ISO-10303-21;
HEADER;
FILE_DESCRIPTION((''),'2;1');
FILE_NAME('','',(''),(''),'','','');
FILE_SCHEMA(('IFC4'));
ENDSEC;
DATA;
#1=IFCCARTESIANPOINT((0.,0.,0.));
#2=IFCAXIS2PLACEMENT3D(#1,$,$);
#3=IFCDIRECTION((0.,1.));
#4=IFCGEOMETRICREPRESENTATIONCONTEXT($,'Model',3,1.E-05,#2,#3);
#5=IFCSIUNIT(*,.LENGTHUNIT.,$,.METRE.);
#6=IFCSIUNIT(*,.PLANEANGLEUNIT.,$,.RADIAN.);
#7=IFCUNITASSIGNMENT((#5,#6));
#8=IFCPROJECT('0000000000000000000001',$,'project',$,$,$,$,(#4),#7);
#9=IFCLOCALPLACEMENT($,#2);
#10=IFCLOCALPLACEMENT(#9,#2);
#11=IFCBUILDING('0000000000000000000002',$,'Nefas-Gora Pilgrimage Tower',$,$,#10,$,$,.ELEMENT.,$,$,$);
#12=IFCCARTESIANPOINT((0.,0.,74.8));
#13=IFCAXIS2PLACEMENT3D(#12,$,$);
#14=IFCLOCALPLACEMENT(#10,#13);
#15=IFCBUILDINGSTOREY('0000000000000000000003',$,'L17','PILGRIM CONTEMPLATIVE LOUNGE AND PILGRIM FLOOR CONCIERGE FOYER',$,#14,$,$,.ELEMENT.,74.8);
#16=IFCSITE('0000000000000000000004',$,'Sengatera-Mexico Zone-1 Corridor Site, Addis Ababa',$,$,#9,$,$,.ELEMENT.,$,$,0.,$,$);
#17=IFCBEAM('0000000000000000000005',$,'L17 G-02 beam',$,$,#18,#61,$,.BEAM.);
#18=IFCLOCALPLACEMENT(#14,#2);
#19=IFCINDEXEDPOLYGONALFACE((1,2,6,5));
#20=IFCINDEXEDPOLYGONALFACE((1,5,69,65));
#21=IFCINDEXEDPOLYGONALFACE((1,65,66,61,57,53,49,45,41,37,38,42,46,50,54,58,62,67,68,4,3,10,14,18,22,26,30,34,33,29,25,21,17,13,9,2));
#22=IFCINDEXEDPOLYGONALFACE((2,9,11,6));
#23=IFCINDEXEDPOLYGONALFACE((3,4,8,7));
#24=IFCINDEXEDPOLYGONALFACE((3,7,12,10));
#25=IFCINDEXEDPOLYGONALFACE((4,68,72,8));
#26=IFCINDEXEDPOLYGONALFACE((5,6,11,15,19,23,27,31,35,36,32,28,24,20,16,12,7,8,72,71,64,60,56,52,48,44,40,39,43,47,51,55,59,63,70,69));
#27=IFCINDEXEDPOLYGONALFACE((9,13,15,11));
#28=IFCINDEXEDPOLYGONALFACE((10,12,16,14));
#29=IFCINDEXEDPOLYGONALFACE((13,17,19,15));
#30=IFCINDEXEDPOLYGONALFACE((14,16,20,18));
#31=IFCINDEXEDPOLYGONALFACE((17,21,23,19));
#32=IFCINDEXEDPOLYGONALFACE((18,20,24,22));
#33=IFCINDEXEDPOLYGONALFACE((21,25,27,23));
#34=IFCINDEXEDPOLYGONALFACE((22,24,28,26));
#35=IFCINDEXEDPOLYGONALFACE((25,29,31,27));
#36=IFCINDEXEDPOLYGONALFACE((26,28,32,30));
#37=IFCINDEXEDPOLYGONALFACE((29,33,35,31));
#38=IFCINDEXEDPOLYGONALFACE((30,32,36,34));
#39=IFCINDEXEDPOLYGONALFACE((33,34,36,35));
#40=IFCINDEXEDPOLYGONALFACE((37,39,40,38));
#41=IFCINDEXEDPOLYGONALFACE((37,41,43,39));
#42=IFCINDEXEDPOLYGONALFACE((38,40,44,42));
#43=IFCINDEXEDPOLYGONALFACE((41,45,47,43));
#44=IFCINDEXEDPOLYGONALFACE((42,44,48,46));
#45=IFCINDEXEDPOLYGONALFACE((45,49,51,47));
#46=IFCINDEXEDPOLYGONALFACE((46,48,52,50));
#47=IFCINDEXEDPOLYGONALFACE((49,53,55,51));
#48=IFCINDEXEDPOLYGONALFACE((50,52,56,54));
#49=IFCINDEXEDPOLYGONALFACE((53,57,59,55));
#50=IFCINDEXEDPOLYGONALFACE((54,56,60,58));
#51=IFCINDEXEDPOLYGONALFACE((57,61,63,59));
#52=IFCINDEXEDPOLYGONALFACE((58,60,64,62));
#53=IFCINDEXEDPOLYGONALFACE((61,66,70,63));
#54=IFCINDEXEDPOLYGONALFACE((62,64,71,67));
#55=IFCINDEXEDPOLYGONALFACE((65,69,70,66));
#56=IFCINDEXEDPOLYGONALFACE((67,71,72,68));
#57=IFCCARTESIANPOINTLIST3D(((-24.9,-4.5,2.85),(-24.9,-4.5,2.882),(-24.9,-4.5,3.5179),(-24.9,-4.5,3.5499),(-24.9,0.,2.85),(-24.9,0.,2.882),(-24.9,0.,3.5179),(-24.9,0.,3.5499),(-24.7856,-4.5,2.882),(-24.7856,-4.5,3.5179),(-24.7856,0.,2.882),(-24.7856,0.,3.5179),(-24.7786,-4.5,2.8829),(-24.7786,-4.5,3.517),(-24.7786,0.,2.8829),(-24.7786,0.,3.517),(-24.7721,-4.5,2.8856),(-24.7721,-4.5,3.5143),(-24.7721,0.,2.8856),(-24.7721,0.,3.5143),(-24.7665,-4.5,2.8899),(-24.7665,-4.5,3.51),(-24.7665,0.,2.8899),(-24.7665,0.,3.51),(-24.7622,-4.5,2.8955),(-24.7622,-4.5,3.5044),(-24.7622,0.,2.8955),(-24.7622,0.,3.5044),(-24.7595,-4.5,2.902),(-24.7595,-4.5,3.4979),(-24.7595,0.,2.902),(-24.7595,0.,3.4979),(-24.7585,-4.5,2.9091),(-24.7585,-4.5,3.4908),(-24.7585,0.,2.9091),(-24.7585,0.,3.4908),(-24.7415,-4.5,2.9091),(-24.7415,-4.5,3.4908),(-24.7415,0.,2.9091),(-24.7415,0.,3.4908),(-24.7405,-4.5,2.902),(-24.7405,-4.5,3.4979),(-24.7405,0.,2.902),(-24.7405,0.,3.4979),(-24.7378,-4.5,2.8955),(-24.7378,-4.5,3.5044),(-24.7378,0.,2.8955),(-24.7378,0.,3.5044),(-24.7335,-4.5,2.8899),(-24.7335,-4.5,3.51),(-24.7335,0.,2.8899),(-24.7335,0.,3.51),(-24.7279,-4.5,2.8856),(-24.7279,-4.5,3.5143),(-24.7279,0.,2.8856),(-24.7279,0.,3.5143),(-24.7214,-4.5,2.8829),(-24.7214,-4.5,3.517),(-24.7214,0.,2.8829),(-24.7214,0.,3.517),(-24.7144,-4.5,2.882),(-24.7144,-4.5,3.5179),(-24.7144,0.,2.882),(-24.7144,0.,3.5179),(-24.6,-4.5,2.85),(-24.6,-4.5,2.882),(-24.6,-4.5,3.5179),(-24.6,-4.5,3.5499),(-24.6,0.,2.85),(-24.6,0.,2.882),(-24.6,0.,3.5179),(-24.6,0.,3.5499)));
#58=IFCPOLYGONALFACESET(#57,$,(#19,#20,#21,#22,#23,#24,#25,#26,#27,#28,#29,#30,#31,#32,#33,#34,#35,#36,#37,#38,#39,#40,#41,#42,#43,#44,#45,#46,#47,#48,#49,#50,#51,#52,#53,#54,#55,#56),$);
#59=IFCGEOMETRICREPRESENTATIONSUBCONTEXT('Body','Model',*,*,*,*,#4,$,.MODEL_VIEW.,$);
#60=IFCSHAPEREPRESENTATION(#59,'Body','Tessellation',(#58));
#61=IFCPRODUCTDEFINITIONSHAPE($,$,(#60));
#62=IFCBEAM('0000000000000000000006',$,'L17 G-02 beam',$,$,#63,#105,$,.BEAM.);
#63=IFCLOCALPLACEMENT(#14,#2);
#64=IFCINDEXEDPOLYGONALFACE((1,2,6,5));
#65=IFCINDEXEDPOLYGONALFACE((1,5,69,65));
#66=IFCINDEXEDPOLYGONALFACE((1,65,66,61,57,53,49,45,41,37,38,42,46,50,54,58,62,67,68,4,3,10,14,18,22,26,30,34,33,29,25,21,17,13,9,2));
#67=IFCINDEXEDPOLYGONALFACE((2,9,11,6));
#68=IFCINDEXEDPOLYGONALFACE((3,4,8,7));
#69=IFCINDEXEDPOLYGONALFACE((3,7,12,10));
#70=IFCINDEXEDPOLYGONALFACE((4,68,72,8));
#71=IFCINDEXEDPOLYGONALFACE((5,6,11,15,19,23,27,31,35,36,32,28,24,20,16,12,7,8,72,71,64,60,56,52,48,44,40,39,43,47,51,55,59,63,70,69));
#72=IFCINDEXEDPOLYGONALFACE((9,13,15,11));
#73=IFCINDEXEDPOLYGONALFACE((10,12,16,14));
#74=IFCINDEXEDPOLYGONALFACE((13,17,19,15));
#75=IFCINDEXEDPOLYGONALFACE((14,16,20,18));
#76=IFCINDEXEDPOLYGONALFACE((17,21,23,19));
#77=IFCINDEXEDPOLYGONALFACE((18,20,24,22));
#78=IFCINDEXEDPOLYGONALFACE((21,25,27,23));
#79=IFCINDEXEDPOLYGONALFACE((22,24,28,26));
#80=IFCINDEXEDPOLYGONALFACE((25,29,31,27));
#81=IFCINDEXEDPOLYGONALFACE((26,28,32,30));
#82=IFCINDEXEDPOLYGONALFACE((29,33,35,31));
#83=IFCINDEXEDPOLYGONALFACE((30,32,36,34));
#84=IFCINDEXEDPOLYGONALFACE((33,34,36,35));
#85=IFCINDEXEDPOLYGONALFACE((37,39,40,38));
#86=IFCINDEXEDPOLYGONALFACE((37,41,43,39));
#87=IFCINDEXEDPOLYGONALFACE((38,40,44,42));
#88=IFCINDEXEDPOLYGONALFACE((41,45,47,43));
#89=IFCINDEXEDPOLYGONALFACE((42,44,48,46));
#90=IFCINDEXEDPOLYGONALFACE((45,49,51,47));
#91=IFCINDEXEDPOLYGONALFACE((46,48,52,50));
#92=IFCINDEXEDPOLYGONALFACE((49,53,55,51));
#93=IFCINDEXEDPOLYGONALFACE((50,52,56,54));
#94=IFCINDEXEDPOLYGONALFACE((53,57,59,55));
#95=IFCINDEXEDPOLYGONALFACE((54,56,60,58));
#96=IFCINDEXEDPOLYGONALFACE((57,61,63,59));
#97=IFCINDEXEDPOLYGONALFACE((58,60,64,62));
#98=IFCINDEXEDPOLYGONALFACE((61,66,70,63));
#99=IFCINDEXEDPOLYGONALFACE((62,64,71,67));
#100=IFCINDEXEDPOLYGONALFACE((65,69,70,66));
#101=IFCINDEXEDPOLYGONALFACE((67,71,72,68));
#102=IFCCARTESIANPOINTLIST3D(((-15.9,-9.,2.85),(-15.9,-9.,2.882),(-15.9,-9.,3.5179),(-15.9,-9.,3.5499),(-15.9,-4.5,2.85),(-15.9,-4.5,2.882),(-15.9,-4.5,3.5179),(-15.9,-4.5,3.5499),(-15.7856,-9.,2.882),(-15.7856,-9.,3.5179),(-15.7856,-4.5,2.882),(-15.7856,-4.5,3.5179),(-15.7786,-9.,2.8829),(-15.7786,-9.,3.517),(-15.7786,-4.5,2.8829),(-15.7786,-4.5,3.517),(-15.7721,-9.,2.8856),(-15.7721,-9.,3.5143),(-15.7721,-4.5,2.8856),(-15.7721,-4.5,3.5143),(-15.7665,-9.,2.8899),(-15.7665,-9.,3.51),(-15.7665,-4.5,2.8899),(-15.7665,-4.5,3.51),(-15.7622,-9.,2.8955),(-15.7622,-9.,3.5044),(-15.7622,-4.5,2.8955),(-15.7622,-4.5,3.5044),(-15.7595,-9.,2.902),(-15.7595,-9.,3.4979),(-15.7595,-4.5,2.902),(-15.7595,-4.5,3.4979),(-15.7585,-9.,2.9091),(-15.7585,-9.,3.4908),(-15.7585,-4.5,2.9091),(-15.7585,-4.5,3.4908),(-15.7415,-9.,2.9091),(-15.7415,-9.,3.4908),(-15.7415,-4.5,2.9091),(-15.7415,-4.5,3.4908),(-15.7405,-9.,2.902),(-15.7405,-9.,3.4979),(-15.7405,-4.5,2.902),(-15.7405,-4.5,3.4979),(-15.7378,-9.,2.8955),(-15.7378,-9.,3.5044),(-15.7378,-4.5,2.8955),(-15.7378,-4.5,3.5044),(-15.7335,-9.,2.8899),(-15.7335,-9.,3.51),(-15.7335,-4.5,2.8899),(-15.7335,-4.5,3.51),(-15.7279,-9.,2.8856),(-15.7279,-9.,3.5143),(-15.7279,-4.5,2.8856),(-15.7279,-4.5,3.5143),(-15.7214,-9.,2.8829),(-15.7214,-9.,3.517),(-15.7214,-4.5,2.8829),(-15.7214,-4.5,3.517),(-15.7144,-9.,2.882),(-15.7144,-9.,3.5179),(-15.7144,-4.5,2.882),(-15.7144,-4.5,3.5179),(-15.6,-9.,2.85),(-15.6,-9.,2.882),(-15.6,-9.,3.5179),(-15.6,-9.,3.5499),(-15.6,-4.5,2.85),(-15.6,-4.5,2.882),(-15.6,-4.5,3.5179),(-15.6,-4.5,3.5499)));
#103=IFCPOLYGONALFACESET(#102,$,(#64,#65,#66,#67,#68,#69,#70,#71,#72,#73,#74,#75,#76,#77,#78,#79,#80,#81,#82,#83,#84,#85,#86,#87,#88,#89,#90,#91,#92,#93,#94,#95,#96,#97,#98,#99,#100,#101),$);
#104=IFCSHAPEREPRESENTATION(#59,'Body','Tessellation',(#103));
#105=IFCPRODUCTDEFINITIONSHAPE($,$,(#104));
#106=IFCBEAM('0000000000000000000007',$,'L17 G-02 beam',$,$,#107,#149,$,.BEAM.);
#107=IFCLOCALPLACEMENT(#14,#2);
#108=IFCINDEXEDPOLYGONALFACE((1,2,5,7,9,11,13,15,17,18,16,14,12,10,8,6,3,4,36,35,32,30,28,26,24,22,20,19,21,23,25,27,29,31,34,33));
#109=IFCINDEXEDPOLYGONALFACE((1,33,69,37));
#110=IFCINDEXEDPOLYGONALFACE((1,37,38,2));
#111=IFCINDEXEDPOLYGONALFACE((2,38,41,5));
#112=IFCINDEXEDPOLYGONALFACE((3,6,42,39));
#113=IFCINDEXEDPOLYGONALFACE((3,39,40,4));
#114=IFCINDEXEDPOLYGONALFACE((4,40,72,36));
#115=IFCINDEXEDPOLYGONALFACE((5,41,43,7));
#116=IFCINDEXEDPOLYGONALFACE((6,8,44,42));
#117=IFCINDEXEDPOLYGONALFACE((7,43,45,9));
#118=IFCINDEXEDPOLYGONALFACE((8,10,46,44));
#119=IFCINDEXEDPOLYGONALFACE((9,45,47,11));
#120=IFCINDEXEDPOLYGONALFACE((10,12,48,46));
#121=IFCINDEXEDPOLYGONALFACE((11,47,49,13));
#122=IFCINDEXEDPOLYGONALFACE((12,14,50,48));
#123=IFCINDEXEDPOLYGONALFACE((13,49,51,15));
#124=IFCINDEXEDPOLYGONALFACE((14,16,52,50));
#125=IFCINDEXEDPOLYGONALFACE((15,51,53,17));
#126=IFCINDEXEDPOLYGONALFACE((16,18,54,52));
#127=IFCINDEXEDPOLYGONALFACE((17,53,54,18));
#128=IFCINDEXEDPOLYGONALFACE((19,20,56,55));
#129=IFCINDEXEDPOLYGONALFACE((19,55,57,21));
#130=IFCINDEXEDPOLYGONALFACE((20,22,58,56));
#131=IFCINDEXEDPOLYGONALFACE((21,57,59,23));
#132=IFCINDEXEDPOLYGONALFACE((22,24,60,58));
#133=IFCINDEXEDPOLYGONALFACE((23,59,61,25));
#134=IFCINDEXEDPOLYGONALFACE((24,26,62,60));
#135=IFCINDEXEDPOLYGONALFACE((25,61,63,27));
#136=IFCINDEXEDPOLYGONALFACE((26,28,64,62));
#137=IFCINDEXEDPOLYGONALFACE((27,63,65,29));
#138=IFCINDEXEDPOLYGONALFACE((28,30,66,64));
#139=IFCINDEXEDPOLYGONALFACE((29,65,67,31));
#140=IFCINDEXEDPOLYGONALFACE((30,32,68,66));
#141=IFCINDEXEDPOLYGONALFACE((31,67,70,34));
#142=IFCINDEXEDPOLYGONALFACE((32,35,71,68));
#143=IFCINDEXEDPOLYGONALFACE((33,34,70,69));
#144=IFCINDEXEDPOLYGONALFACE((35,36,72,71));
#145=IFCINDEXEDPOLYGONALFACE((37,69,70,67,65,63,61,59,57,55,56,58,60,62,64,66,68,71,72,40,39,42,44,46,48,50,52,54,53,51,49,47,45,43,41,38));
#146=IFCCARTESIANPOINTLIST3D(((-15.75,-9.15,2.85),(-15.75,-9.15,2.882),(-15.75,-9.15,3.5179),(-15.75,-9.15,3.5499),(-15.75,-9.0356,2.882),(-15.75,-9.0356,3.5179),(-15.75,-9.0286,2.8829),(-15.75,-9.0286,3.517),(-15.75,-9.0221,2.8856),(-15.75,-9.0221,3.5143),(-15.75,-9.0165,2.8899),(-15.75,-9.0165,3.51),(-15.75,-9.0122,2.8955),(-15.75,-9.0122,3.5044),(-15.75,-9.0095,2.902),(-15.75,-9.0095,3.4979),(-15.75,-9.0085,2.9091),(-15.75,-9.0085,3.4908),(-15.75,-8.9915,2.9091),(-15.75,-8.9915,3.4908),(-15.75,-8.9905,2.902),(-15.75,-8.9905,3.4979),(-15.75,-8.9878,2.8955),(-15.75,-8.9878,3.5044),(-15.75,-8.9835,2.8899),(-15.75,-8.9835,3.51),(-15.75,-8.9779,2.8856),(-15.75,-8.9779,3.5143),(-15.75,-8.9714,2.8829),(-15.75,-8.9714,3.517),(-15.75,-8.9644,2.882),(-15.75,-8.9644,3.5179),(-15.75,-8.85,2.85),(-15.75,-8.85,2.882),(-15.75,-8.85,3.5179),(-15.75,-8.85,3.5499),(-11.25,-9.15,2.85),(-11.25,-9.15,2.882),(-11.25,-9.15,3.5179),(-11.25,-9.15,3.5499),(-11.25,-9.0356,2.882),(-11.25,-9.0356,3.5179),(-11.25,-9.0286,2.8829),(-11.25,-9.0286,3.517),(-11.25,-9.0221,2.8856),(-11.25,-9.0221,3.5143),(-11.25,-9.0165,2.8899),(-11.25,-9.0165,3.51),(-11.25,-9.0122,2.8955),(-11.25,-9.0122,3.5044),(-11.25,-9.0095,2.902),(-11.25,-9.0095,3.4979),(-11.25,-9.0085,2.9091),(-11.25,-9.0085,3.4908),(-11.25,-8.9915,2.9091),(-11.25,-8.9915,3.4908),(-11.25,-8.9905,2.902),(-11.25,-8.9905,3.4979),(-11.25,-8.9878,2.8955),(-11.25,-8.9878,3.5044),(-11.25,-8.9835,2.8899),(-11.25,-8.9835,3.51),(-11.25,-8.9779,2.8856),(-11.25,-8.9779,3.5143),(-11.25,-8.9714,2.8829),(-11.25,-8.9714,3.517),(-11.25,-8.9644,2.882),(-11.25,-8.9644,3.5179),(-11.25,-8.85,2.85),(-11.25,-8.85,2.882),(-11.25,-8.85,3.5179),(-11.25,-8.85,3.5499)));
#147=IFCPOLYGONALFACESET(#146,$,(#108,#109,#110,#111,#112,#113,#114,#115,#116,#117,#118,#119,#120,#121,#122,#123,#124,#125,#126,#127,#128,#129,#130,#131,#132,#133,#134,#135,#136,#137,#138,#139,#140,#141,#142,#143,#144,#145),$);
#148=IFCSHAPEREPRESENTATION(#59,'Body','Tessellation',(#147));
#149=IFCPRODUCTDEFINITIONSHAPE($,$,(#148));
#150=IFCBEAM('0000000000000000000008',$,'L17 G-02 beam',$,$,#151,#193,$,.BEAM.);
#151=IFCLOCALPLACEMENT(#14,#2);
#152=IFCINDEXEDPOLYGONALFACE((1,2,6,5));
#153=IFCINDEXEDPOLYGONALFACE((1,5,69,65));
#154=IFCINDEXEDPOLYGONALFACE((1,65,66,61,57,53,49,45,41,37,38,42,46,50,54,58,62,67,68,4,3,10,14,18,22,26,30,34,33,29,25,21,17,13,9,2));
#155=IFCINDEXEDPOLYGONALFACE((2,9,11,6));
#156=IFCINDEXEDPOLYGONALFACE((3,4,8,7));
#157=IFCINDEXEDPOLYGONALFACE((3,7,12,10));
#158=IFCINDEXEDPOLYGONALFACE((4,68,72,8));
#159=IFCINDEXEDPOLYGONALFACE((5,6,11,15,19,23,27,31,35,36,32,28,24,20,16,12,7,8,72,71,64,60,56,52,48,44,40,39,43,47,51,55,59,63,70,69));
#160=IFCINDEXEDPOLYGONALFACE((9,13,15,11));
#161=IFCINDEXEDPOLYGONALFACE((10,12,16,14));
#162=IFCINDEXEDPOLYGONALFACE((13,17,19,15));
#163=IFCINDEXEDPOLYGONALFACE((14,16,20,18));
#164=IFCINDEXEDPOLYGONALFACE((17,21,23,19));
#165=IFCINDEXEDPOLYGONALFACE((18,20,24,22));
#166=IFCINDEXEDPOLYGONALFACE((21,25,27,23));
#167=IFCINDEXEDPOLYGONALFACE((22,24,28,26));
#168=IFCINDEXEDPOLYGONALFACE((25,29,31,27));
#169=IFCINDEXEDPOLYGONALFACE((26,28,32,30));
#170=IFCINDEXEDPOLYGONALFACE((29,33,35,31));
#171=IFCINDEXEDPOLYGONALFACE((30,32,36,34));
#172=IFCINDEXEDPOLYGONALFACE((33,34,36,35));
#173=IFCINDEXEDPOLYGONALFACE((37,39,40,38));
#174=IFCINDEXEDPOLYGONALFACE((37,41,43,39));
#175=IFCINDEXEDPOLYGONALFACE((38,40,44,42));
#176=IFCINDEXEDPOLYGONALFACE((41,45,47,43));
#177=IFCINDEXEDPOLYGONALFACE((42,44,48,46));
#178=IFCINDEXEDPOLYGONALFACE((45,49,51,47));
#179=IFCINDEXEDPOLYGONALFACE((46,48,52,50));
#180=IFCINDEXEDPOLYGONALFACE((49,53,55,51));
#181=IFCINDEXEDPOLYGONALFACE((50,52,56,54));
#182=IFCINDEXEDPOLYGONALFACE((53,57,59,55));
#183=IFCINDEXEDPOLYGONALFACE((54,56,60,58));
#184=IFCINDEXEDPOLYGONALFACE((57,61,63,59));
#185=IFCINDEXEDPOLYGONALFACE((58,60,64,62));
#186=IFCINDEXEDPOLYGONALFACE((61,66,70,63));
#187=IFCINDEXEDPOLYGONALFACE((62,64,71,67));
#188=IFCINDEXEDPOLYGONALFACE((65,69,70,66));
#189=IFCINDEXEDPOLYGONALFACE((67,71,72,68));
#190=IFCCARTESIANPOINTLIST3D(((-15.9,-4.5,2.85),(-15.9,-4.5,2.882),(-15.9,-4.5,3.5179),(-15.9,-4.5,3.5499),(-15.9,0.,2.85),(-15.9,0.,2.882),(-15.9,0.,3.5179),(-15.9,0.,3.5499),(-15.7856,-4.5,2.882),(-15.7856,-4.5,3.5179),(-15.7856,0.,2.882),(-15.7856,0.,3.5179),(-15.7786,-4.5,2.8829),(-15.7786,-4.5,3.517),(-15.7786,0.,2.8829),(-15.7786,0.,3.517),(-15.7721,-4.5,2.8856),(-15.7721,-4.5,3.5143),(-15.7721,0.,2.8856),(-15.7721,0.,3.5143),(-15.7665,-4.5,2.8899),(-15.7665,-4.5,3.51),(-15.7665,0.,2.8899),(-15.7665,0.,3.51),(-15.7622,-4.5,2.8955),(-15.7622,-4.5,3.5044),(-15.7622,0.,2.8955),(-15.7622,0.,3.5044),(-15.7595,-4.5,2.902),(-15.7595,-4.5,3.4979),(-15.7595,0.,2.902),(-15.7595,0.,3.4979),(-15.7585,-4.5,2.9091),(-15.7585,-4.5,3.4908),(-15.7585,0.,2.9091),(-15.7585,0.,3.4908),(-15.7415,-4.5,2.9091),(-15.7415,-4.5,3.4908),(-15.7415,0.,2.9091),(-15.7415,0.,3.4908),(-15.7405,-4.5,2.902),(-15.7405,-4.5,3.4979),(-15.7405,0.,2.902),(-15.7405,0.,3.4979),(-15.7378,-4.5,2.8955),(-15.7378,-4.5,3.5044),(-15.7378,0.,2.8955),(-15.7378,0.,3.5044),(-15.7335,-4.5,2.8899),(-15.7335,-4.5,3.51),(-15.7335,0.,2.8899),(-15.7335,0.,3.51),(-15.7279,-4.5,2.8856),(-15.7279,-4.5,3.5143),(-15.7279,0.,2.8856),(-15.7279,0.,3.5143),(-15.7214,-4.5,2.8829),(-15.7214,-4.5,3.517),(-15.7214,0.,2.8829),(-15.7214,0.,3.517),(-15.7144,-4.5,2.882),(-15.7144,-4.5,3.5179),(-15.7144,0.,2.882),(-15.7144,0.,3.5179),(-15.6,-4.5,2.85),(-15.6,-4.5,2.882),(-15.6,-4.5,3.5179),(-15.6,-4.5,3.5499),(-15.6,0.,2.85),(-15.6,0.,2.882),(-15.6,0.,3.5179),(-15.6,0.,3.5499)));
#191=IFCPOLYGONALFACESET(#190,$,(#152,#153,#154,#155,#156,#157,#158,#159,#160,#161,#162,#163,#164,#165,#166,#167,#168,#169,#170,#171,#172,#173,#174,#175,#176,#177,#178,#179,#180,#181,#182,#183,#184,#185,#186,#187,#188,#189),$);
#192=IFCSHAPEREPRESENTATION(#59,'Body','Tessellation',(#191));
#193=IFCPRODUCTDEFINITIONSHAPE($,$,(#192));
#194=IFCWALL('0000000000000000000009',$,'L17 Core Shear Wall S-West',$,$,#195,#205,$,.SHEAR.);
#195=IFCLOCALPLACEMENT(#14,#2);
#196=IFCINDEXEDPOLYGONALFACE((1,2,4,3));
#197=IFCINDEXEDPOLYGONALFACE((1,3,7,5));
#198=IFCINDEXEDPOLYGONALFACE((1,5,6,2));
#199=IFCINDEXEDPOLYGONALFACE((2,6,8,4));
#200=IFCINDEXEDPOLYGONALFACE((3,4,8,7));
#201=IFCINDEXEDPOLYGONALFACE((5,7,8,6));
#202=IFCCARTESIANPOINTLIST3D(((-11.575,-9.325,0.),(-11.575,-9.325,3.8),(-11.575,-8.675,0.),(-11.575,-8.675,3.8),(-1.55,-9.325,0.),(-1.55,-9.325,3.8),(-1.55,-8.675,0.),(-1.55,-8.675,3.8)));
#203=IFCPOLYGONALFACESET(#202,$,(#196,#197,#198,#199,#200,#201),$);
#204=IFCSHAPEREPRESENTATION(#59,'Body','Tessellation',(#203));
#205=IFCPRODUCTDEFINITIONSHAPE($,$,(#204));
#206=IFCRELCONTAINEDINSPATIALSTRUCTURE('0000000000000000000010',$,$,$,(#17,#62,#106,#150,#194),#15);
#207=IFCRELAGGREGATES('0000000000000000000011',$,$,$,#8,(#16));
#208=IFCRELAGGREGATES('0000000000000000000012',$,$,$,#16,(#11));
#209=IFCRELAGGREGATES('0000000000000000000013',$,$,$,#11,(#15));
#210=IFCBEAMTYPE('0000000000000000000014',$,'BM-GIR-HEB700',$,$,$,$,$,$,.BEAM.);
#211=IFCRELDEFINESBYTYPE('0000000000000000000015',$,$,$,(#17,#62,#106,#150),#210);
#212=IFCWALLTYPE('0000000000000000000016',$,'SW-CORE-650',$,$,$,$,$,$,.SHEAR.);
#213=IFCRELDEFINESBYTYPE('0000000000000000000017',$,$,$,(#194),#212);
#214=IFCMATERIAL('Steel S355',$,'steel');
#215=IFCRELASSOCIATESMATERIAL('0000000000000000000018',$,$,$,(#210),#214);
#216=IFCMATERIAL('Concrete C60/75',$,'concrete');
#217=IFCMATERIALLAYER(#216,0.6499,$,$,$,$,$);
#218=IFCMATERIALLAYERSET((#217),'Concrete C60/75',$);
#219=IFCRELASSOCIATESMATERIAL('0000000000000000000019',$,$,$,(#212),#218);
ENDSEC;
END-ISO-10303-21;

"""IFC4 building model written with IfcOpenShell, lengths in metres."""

from ifc_helpers import new_model, si_unit, direction, frame, frame_2d, origin, origin_2d, place, context, subcontext, project, spatial, rectangle, i_section, extrude, source, transform, mapped, material, layer, layer_set, material_profile, profile_set, type_object, element, save


model = new_model("IFC4")

# Units and contexts
model_context = context("Model", 3, precision=1e-05, world=origin(), true_north=direction((0.0, 1.0)))
body_context = subcontext(model_context, "Body", "Model", "MODEL_VIEW")
ifc_project = project(units=[si_unit("LENGTHUNIT", "METRE"), si_unit("PLANEANGLEUNIT", "RADIAN")], contexts=[model_context])

# Site, building, storey
site_placement = place(None, origin())
site = spatial("IfcSite", under=ifc_project, at=site_placement, Name="Sengatera-Mexico Zone-1 Corridor Site, Addis Ababa", CompositionType="ELEMENT", RefElevation=0.0)
building_placement = place(site_placement, origin())
building = spatial("IfcBuilding", under=site, at=building_placement, Name="Nefas-Gora Pilgrimage Tower", CompositionType="ELEMENT")
storey_placement = place(building_placement, frame((0.0, 0.0, 74.8)))
storey = spatial("IfcBuildingStorey", under=building, at=storey_placement, Name="L17", Description="PILGRIM CONTEMPLATIVE LOUNGE AND PILGRIM FLOOR CONCIERGE FOYER", CompositionType="ELEMENT", Elevation=74.8)

# Beams
ifc_material_1 = material(Name="Steel S355", Category="steel")
ifc_material_profile_1 = material_profile(ifc_material_1, i_section(OverallWidth=0.3, OverallDepth=0.7, WebThickness=0.0171, FlangeThickness=0.032, FilletRadius=0.0271, at=origin_2d()), Name="HEB 700")
ifc_profile_set_1 = profile_set([ifc_material_profile_1], Name="Steel S355")
beam_type = type_object("IfcBeamType", Name="BM-GIR-HEB700", PredefinedType="BEAM", material=ifc_profile_set_1)
shared_shape_1 = source(origin(), body_context, "Body", "SweptSolid", [
    extrude(i_section(OverallWidth=0.3, OverallDepth=0.7, WebThickness=0.0171, FlangeThickness=0.032, FilletRadius=0.0271, at=origin_2d()), origin(), (0.0, 0.0, 1.0), 4.5),
])
for number, where, z_axis, x_axis, name in (
    (1, (-24.75, -4.5, 3.2), (0.0, 1.0, 0.0), (-1.0, 0.0, 0.0), "L17 G-02 beam"),
    (2, (-15.75, -9.0, 3.2), (0.0, 1.0, 0.0), (-1.0, 0.0, 0.0), "L17 G-02 beam"),
    (3, (-15.75, -9.0, 3.2), (1.0, 0.0, 0.0), (0.0, 1.0, 0.0), "L17 G-02 beam"),
    (4, (-15.75, -4.5, 3.2), (0.0, 1.0, 0.0), (-1.0, 0.0, 0.0), "L17 G-02 beam"),
):
    element("IfcBeam", number, at=place(storey_placement, frame(where, z_axis=z_axis, x_axis=x_axis)), inside=storey, type_object=beam_type, Name=name, PredefinedType="BEAM", context=body_context, shape_type="MappedRepresentation", body=[
        mapped(shared_shape_1, transform((0.0, 0.0, 0.0), x_axis=(1.0, 0.0, 0.0), y_axis=(0.0, 1.0, 0.0), z_axis=(0.0, 0.0, 1.0), scale=1.0)),
    ])

# Wall
ifc_material_2 = material(Name="Concrete C60/75", Category="concrete")
ifc_layer_1 = layer(ifc_material_2, 0.6499)
ifc_layer_set_1 = layer_set([ifc_layer_1], Name="Concrete C60/75")
wall_type_1 = type_object("IfcWallType", Name="SW-CORE-650", PredefinedType="SHEAR", material=ifc_layer_set_1)
shared_shape_2 = source(origin(), body_context, "Body", "SweptSolid", [
    extrude(rectangle(XDim=10.0249, YDim=0.6499, at=frame_2d((5.0125, 0.0))), origin(), (0.0, 0.0, 1.0), 3.8),
])
wall_1_placement = place(storey_placement, frame((-11.575, -9.0, 0.0), z_axis=(0.0, 0.0, 1.0), x_axis=(1.0, 0.0, 0.0)))
element("IfcWall", 5, at=wall_1_placement, inside=storey, type_object=wall_type_1, Name="L17 Core Shear Wall S-West", PredefinedType="SHEAR", context=body_context, shape_type="MappedRepresentation", body=[
    mapped(shared_shape_2, transform((0.0, 0.0, 0.0), x_axis=(1.0, 0.0, 0.0), y_axis=(0.0, 1.0, 0.0), z_axis=(0.0, 0.0, 1.0), scale=1.0)),
])

save(model, "model.ifc")
